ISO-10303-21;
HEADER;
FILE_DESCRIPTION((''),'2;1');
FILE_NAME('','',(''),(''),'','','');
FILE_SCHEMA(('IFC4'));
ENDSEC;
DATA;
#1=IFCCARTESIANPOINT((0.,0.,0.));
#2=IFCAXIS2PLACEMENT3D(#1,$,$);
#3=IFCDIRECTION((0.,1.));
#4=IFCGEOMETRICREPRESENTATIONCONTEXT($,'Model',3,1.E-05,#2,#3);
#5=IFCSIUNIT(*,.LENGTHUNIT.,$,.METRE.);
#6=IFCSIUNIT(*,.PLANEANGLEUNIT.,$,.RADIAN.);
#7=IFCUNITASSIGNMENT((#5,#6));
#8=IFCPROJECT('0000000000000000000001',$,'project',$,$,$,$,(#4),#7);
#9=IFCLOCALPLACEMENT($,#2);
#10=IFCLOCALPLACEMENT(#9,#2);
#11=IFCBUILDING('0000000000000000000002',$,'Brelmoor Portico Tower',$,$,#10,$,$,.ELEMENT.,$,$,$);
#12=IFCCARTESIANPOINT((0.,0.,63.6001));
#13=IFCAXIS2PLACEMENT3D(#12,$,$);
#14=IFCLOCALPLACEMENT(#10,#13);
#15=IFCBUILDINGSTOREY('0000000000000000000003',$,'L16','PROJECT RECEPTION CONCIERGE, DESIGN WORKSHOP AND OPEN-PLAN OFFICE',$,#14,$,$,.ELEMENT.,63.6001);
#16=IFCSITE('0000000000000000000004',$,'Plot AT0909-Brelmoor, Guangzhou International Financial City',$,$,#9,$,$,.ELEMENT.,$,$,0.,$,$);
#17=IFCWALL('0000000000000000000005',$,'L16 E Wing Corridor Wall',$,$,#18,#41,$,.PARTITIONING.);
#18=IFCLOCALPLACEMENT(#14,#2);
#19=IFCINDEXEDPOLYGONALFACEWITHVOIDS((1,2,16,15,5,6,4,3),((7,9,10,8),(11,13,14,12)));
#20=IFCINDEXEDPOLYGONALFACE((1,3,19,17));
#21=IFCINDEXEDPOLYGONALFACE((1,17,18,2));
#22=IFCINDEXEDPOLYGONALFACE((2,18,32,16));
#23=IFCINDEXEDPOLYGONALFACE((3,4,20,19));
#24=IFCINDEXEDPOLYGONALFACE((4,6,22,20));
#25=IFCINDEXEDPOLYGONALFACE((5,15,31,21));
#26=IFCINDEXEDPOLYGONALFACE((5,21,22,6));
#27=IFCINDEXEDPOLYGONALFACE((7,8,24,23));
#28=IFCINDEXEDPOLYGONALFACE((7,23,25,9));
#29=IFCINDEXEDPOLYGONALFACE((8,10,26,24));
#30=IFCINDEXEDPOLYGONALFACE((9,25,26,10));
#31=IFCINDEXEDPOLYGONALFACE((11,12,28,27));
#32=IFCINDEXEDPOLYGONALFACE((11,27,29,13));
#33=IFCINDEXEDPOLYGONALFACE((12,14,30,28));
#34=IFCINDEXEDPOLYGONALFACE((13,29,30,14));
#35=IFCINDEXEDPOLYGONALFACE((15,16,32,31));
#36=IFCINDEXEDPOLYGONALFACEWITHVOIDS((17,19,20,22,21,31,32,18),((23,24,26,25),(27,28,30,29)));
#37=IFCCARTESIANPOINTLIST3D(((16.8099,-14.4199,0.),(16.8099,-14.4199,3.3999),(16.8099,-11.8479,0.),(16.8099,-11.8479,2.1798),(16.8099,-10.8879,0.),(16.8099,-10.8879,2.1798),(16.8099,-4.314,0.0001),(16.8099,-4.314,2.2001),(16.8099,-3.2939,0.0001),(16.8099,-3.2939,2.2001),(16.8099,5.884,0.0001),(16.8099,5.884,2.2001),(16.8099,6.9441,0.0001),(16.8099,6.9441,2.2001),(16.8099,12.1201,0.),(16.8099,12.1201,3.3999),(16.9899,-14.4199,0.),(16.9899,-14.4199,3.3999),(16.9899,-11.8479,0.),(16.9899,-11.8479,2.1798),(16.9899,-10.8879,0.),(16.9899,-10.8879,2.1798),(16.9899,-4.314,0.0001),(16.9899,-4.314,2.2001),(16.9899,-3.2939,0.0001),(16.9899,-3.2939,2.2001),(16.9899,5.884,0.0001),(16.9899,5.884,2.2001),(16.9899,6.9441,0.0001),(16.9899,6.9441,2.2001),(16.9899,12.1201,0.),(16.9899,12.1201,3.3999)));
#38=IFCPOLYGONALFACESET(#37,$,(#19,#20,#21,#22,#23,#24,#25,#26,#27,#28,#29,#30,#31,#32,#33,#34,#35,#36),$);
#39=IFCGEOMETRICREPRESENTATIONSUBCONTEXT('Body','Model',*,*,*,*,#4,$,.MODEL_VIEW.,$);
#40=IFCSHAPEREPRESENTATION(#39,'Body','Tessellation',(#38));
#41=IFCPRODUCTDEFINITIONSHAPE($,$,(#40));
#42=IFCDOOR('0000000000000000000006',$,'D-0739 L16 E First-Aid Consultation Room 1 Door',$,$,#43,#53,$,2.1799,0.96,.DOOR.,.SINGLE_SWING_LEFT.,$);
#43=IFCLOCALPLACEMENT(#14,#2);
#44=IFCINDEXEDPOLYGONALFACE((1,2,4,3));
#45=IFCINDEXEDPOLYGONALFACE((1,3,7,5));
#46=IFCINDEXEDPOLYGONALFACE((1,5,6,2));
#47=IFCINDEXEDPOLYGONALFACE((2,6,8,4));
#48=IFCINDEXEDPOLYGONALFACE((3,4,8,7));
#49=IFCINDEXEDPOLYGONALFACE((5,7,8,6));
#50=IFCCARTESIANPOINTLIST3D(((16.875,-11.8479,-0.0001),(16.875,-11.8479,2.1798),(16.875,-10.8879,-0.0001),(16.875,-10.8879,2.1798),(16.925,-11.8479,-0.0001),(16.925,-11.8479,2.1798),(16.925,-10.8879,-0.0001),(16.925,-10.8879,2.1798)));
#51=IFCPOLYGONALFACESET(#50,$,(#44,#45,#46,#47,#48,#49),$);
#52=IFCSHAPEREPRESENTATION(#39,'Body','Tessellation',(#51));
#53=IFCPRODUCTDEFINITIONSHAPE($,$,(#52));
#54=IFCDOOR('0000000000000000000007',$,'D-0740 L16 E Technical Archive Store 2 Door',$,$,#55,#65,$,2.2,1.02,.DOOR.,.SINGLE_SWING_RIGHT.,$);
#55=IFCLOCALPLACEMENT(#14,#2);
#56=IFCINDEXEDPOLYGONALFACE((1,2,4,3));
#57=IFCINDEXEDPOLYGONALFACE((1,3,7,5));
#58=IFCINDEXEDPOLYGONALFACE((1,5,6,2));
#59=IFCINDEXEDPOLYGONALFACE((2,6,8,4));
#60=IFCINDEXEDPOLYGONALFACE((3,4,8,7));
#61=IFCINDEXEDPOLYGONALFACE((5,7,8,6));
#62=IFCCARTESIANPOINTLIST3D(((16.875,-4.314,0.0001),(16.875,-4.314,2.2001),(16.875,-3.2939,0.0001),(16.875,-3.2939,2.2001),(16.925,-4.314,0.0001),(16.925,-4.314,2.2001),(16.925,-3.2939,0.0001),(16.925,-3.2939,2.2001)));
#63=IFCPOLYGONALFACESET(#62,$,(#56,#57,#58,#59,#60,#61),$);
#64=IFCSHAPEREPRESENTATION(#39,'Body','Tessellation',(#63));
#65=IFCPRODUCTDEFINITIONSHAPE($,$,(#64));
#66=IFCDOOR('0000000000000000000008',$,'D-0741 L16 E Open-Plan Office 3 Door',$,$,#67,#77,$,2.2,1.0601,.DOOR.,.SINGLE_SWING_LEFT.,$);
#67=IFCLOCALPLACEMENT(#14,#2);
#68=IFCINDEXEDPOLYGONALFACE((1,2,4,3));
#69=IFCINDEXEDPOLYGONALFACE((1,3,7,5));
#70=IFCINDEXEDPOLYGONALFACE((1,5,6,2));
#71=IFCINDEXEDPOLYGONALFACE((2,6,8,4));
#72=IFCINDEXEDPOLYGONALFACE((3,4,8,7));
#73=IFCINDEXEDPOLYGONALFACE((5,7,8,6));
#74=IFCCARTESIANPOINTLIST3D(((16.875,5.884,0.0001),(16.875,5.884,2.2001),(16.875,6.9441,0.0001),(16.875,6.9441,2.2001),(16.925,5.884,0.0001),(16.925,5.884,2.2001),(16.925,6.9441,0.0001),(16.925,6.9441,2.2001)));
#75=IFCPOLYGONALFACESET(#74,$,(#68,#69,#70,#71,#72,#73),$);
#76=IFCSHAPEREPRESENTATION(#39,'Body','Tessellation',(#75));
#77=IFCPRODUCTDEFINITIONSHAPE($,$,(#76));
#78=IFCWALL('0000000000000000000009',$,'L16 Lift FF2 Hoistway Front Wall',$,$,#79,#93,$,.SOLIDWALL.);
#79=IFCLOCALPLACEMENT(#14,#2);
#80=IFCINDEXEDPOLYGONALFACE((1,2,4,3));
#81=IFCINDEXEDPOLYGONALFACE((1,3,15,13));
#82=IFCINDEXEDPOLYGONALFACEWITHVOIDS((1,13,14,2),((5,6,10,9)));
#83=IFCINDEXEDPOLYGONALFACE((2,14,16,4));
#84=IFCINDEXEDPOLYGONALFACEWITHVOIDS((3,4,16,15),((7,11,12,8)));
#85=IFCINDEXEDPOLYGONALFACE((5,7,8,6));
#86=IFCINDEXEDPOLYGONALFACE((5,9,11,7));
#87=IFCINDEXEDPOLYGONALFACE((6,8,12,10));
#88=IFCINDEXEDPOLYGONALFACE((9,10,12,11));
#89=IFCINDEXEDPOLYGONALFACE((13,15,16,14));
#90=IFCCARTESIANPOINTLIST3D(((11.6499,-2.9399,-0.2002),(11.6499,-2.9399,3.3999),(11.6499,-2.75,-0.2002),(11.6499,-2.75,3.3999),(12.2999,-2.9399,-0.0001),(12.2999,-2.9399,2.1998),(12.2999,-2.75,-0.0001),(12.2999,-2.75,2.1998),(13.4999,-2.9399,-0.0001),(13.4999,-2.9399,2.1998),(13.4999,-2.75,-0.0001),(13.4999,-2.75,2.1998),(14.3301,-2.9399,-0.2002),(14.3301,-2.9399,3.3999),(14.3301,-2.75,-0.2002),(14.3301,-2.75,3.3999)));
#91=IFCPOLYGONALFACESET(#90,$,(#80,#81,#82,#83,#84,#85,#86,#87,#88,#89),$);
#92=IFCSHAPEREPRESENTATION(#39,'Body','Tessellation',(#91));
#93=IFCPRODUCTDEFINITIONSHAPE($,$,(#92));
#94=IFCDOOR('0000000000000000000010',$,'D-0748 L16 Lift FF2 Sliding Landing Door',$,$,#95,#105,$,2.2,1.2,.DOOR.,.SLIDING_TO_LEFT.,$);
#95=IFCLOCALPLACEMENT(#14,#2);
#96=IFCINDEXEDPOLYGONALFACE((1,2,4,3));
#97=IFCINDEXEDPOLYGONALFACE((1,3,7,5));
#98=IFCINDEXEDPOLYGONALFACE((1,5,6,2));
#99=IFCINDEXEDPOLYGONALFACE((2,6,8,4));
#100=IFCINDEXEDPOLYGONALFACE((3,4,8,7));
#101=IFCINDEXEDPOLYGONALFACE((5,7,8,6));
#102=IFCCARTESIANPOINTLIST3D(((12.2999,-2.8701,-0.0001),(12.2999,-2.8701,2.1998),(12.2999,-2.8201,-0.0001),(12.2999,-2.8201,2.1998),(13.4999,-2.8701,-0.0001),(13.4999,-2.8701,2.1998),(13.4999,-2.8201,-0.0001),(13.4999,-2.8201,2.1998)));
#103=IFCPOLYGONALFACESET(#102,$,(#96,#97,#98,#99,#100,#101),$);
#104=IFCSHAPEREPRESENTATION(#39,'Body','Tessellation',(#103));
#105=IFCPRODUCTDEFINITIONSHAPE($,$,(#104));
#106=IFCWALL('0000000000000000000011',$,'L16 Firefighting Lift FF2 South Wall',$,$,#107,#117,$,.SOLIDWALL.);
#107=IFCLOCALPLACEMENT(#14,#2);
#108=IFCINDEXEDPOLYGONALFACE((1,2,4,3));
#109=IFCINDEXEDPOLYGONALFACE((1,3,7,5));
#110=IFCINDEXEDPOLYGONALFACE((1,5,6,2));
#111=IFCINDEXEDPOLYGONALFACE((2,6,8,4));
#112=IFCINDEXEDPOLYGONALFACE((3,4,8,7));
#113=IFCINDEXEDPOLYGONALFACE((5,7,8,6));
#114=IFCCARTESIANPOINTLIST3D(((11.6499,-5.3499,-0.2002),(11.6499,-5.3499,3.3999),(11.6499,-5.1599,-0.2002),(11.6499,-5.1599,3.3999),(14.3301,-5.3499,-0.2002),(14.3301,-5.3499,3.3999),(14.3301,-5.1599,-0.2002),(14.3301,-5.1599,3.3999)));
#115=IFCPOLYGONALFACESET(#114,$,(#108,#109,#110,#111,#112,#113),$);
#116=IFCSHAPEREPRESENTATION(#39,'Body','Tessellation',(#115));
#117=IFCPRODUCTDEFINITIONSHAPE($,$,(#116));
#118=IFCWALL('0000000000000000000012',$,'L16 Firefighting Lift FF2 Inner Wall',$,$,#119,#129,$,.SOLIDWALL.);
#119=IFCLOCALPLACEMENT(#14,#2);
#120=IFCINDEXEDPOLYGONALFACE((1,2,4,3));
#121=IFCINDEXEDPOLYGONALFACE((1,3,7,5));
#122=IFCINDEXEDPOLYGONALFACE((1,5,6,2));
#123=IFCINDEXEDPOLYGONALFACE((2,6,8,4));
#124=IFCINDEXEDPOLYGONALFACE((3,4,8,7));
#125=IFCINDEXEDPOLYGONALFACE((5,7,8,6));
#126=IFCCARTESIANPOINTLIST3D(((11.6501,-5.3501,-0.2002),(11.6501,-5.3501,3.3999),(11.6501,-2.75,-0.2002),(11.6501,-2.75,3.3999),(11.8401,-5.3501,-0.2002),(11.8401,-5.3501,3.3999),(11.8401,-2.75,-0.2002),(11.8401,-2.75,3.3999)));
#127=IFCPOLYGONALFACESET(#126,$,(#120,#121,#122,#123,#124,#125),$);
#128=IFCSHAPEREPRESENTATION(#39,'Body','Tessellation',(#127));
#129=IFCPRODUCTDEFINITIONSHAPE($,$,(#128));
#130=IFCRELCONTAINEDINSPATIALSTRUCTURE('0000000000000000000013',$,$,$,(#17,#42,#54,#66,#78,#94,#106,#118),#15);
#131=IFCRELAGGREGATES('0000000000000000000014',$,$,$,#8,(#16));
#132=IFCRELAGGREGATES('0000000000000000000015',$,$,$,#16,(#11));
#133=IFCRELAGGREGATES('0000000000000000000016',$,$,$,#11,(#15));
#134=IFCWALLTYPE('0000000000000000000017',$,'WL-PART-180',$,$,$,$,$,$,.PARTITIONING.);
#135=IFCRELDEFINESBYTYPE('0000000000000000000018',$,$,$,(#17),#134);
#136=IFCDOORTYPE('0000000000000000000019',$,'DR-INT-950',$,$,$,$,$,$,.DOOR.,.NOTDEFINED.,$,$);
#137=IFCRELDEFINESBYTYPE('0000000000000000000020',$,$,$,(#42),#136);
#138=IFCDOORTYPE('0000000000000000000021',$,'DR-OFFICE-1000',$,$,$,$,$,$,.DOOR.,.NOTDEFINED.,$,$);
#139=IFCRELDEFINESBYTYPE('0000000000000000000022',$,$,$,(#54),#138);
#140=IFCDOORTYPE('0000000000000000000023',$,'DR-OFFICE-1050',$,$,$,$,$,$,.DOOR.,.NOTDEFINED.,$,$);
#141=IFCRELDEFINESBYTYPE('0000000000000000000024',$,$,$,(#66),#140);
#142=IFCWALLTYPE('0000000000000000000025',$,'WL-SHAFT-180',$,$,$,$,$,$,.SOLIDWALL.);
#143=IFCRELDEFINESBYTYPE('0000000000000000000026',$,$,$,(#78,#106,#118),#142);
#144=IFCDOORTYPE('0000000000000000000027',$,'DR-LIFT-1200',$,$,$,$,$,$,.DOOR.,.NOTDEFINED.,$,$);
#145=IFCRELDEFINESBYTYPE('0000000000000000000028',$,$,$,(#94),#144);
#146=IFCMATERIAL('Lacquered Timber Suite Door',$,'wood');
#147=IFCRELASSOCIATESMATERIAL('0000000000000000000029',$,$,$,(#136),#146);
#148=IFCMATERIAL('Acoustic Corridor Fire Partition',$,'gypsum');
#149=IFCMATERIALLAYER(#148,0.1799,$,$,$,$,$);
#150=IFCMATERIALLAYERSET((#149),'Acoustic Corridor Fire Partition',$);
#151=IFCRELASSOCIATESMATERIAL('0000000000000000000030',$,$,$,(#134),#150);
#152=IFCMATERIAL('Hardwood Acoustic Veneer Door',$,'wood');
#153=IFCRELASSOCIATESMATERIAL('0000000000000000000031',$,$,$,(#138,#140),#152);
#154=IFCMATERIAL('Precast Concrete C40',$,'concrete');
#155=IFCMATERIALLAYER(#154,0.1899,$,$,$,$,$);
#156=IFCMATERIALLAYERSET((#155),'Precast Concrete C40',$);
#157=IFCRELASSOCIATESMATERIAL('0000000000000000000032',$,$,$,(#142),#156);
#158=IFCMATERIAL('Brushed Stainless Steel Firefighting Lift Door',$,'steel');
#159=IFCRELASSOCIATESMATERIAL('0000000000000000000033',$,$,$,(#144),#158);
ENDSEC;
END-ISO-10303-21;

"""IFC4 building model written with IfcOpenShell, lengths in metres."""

from ifc_helpers import new_model, si_unit, direction, frame, frame_2d, origin, place, context, subcontext, project, spatial, rectangle, extrude, material, layer, layer_set, type_object, element, fill, save


model = new_model("IFC4")

# Units and contexts
model_context = context("Model", 3, precision=1e-05, world=origin(), true_north=direction((0.0, 1.0)))
body_context = subcontext(model_context, "Body", "Model", "MODEL_VIEW")
ifc_project = project(units=[si_unit("LENGTHUNIT", "METRE"), si_unit("PLANEANGLEUNIT", "RADIAN")], contexts=[model_context])

# Site, building, storey
site_placement = place(None, origin())
site = spatial("IfcSite", under=ifc_project, at=site_placement, Name="Plot AT0909-Brelmoor, Guangzhou International Financial City", CompositionType="ELEMENT", RefElevation=0.0)
building_placement = place(site_placement, origin())
building = spatial("IfcBuilding", under=site, at=building_placement, Name="Brelmoor Portico Tower", CompositionType="ELEMENT")
storey_placement = place(building_placement, frame((0.0, 0.0, 63.6001)))
storey = spatial("IfcBuildingStorey", under=building, at=storey_placement, Name="L16", Description="PROJECT RECEPTION CONCIERGE, DESIGN WORKSHOP AND OPEN-PLAN OFFICE", CompositionType="ELEMENT", Elevation=63.6001)

# Shared definitions
ifc_material_1 = material(Name="Lacquered Timber Suite Door", Category="wood")
door_type_1 = type_object("IfcDoorType", Name="DR-INT-950", OperationType="NOTDEFINED", PredefinedType="DOOR", material=ifc_material_1)

# Wall, openings, doors
ifc_material_2 = material(Name="Acoustic Corridor Fire Partition", Category="gypsum")
ifc_layer_1 = layer(ifc_material_2, 0.1799)
ifc_layer_set_1 = layer_set([ifc_layer_1], Name="Acoustic Corridor Fire Partition")
wall_type_1 = type_object("IfcWallType", Name="WL-PART-180", PredefinedType="PARTITIONING", material=ifc_layer_set_1)
wall_1_placement = place(storey_placement, frame((16.8999, -14.4199, 0.0), z_axis=(0.0, 0.0, 1.0), x_axis=(0.0, 1.0, 0.0)))
wall_1 = element("IfcWall", 1, at=wall_1_placement, inside=storey, type_object=wall_type_1, Name="L16 E Wing Corridor Wall", PredefinedType="PARTITIONING", context=body_context, shape_type="SweptSolid", body=[
    extrude(rectangle(XDim=26.54, YDim=0.1799, at=frame_2d((13.27, 0.0))), origin(), (0.0, 0.0, 1.0), 3.3999),
])
opening_1_placement = place(wall_1_placement, frame((2.572, 0.0, 0.0)))
opening_1 = element("IfcOpeningElement", 2, at=opening_1_placement, cuts=wall_1, PredefinedType="OPENING", context=body_context, shape_type="SweptSolid", body=[
    extrude(rectangle(XDim=0.96, YDim=2.1799, at=frame_2d((0.48, 1.0898))), frame((0.0, 0.0999, 0.0), z_axis=(0.0, -1.0, 0.0), x_axis=(1.0, 0.0, 0.0)), (0.0, 0.0, 1.0), 0.2),
])
opening_2_placement = place(wall_1_placement, frame((10.106, 0.0, 0.0)))
opening_2 = element("IfcOpeningElement", 3, at=opening_2_placement, cuts=wall_1, PredefinedType="OPENING", context=body_context, shape_type="SweptSolid", body=[
    extrude(rectangle(XDim=1.02, YDim=2.2, at=frame_2d((0.51, 1.1001))), frame((0.0, 0.0999, 0.0), z_axis=(0.0, -1.0, 0.0), x_axis=(1.0, 0.0, 0.0)), (0.0, 0.0, 1.0), 0.2),
])
opening_3_placement = place(wall_1_placement, frame((20.304, 0.0, 0.0)))
opening_3 = element("IfcOpeningElement", 4, at=opening_3_placement, cuts=wall_1, PredefinedType="OPENING", context=body_context, shape_type="SweptSolid", body=[
    extrude(rectangle(XDim=1.0601, YDim=2.2, at=frame_2d((0.53, 1.1001))), frame((0.0, 0.0999, 0.0), z_axis=(0.0, -1.0, 0.0), x_axis=(1.0, 0.0, 0.0)), (0.0, 0.0, 1.0), 0.2),
])
door_1_placement = place(opening_1_placement, origin())
door_1 = element("IfcDoor", 5, at=door_1_placement, inside=storey, type_object=door_type_1, Name="D-0739 L16 E First-Aid Consultation Room 1 Door", OperationType="SINGLE_SWING_LEFT", OverallHeight=2.1799, OverallWidth=0.96, PredefinedType="DOOR", context=body_context, shape_type="SweptSolid", body=[
    extrude(rectangle(XDim=0.96, YDim=2.1799, at=frame_2d((0.48, 1.0898))), frame((0.0, 0.0249, 0.0), z_axis=(0.0, -1.0, 0.0), x_axis=(1.0, 0.0, 0.0)), (0.0, 0.0, 1.0), 0.05),
])
fill(opening_1, door_1)
ifc_material_3 = material(Name="Hardwood Acoustic Veneer Door", Category="wood")
door_type_2 = type_object("IfcDoorType", Name="DR-OFFICE-1000", OperationType="NOTDEFINED", PredefinedType="DOOR", material=ifc_material_3)
door_2_placement = place(opening_2_placement, origin())
door_2 = element("IfcDoor", 6, at=door_2_placement, inside=storey, type_object=door_type_2, Name="D-0740 L16 E Technical Archive Store 2 Door", OperationType="SINGLE_SWING_RIGHT", OverallHeight=2.2, OverallWidth=1.02, PredefinedType="DOOR", context=body_context, shape_type="SweptSolid", body=[
    extrude(rectangle(XDim=1.02, YDim=2.2, at=frame_2d((0.51, 1.1001))), frame((0.0, 0.0249, 0.0), z_axis=(0.0, -1.0, 0.0), x_axis=(1.0, 0.0, 0.0)), (0.0, 0.0, 1.0), 0.05),
])
fill(opening_2, door_2)
door_type_3 = type_object("IfcDoorType", Name="DR-OFFICE-1050", OperationType="NOTDEFINED", PredefinedType="DOOR", material=ifc_material_3)
door_3_placement = place(opening_3_placement, origin())
door_3 = element("IfcDoor", 7, at=door_3_placement, inside=storey, type_object=door_type_3, Name="D-0741 L16 E Open-Plan Office 3 Door", OperationType="SINGLE_SWING_LEFT", OverallHeight=2.2, OverallWidth=1.0601, PredefinedType="DOOR", context=body_context, shape_type="SweptSolid", body=[
    extrude(rectangle(XDim=1.0601, YDim=2.2, at=frame_2d((0.53, 1.1001))), frame((0.0, 0.0249, 0.0), z_axis=(0.0, -1.0, 0.0), x_axis=(1.0, 0.0, 0.0)), (0.0, 0.0, 1.0), 0.05),
])
fill(opening_3, door_3)

# Wall, opening, door
ifc_material_4 = material(Name="Precast Concrete C40", Category="concrete")
ifc_layer_2 = layer(ifc_material_4, 0.1899)
ifc_layer_set_2 = layer_set([ifc_layer_2], Name="Precast Concrete C40")
wall_type_2 = type_object("IfcWallType", Name="WL-SHAFT-180", PredefinedType="SOLIDWALL", material=ifc_layer_set_2)
wall_2_placement = place(storey_placement, frame((11.6499, -2.845, -0.2002), z_axis=(0.0, 0.0, 1.0), x_axis=(1.0, 0.0, 0.0)))
wall_2 = element("IfcWall", 8, at=wall_2_placement, inside=storey, type_object=wall_type_2, Name="L16 Lift FF2 Hoistway Front Wall", PredefinedType="SOLIDWALL", context=body_context, shape_type="SweptSolid", body=[
    extrude(rectangle(XDim=2.6802, YDim=0.1899, at=frame_2d((1.3401, 0.0))), origin(), (0.0, 0.0, 1.0), 3.6001),
])
opening_4_placement = place(wall_2_placement, frame((0.6499, 0.0, 0.2)))
opening_4 = element("IfcOpeningElement", 9, at=opening_4_placement, cuts=wall_2, PredefinedType="OPENING", context=body_context, shape_type="SweptSolid", body=[
    extrude(rectangle(XDim=1.2, YDim=2.2, at=frame_2d((0.6001, 1.1001))), frame((0.0, 0.105, 0.0), z_axis=(0.0, -1.0, 0.0), x_axis=(1.0, 0.0, 0.0)), (0.0, 0.0, 1.0), 0.21),
])
ifc_material_5 = material(Name="Brushed Stainless Steel Firefighting Lift Door", Category="steel")
door_type_4 = type_object("IfcDoorType", Name="DR-LIFT-1200", OperationType="NOTDEFINED", PredefinedType="DOOR", material=ifc_material_5)
door_4_placement = place(opening_4_placement, origin())
door_4 = element("IfcDoor", 10, at=door_4_placement, inside=storey, type_object=door_type_4, Name="D-0748 L16 Lift FF2 Sliding Landing Door", OperationType="SLIDING_TO_LEFT", OverallHeight=2.2, OverallWidth=1.2, PredefinedType="DOOR", context=body_context, shape_type="SweptSolid", body=[
    extrude(rectangle(XDim=1.2, YDim=2.2, at=frame_2d((0.6001, 1.1001))), frame((0.0, 0.0249, 0.0), z_axis=(0.0, -1.0, 0.0), x_axis=(1.0, 0.0, 0.0)), (0.0, 0.0, 1.0), 0.05),
])
fill(opening_4, door_4)

# Walls
wall_3_placement = place(storey_placement, frame((11.6499, -5.2549, -0.2002), z_axis=(0.0, 0.0, 1.0), x_axis=(1.0, 0.0, 0.0)))
element("IfcWall", 11, at=wall_3_placement, inside=storey, type_object=wall_type_2, Name="L16 Firefighting Lift FF2 South Wall", PredefinedType="SOLIDWALL", context=body_context, shape_type="SweptSolid", body=[
    extrude(rectangle(XDim=2.6802, YDim=0.1899, at=frame_2d((1.3401, 0.0))), origin(), (0.0, 0.0, 1.0), 3.6001),
])
wall_4_placement = place(storey_placement, frame((11.7451, -5.3501, -0.2002), z_axis=(0.0, 0.0, 1.0), x_axis=(0.0, 1.0, 0.0)))
element("IfcWall", 12, at=wall_4_placement, inside=storey, type_object=wall_type_2, Name="L16 Firefighting Lift FF2 Inner Wall", PredefinedType="SOLIDWALL", context=body_context, shape_type="SweptSolid", body=[
    extrude(rectangle(XDim=2.6001, YDim=0.1899, at=frame_2d((1.3, 0.0))), origin(), (0.0, 0.0, 1.0), 3.6001),
])

save(model, "model.ifc")
